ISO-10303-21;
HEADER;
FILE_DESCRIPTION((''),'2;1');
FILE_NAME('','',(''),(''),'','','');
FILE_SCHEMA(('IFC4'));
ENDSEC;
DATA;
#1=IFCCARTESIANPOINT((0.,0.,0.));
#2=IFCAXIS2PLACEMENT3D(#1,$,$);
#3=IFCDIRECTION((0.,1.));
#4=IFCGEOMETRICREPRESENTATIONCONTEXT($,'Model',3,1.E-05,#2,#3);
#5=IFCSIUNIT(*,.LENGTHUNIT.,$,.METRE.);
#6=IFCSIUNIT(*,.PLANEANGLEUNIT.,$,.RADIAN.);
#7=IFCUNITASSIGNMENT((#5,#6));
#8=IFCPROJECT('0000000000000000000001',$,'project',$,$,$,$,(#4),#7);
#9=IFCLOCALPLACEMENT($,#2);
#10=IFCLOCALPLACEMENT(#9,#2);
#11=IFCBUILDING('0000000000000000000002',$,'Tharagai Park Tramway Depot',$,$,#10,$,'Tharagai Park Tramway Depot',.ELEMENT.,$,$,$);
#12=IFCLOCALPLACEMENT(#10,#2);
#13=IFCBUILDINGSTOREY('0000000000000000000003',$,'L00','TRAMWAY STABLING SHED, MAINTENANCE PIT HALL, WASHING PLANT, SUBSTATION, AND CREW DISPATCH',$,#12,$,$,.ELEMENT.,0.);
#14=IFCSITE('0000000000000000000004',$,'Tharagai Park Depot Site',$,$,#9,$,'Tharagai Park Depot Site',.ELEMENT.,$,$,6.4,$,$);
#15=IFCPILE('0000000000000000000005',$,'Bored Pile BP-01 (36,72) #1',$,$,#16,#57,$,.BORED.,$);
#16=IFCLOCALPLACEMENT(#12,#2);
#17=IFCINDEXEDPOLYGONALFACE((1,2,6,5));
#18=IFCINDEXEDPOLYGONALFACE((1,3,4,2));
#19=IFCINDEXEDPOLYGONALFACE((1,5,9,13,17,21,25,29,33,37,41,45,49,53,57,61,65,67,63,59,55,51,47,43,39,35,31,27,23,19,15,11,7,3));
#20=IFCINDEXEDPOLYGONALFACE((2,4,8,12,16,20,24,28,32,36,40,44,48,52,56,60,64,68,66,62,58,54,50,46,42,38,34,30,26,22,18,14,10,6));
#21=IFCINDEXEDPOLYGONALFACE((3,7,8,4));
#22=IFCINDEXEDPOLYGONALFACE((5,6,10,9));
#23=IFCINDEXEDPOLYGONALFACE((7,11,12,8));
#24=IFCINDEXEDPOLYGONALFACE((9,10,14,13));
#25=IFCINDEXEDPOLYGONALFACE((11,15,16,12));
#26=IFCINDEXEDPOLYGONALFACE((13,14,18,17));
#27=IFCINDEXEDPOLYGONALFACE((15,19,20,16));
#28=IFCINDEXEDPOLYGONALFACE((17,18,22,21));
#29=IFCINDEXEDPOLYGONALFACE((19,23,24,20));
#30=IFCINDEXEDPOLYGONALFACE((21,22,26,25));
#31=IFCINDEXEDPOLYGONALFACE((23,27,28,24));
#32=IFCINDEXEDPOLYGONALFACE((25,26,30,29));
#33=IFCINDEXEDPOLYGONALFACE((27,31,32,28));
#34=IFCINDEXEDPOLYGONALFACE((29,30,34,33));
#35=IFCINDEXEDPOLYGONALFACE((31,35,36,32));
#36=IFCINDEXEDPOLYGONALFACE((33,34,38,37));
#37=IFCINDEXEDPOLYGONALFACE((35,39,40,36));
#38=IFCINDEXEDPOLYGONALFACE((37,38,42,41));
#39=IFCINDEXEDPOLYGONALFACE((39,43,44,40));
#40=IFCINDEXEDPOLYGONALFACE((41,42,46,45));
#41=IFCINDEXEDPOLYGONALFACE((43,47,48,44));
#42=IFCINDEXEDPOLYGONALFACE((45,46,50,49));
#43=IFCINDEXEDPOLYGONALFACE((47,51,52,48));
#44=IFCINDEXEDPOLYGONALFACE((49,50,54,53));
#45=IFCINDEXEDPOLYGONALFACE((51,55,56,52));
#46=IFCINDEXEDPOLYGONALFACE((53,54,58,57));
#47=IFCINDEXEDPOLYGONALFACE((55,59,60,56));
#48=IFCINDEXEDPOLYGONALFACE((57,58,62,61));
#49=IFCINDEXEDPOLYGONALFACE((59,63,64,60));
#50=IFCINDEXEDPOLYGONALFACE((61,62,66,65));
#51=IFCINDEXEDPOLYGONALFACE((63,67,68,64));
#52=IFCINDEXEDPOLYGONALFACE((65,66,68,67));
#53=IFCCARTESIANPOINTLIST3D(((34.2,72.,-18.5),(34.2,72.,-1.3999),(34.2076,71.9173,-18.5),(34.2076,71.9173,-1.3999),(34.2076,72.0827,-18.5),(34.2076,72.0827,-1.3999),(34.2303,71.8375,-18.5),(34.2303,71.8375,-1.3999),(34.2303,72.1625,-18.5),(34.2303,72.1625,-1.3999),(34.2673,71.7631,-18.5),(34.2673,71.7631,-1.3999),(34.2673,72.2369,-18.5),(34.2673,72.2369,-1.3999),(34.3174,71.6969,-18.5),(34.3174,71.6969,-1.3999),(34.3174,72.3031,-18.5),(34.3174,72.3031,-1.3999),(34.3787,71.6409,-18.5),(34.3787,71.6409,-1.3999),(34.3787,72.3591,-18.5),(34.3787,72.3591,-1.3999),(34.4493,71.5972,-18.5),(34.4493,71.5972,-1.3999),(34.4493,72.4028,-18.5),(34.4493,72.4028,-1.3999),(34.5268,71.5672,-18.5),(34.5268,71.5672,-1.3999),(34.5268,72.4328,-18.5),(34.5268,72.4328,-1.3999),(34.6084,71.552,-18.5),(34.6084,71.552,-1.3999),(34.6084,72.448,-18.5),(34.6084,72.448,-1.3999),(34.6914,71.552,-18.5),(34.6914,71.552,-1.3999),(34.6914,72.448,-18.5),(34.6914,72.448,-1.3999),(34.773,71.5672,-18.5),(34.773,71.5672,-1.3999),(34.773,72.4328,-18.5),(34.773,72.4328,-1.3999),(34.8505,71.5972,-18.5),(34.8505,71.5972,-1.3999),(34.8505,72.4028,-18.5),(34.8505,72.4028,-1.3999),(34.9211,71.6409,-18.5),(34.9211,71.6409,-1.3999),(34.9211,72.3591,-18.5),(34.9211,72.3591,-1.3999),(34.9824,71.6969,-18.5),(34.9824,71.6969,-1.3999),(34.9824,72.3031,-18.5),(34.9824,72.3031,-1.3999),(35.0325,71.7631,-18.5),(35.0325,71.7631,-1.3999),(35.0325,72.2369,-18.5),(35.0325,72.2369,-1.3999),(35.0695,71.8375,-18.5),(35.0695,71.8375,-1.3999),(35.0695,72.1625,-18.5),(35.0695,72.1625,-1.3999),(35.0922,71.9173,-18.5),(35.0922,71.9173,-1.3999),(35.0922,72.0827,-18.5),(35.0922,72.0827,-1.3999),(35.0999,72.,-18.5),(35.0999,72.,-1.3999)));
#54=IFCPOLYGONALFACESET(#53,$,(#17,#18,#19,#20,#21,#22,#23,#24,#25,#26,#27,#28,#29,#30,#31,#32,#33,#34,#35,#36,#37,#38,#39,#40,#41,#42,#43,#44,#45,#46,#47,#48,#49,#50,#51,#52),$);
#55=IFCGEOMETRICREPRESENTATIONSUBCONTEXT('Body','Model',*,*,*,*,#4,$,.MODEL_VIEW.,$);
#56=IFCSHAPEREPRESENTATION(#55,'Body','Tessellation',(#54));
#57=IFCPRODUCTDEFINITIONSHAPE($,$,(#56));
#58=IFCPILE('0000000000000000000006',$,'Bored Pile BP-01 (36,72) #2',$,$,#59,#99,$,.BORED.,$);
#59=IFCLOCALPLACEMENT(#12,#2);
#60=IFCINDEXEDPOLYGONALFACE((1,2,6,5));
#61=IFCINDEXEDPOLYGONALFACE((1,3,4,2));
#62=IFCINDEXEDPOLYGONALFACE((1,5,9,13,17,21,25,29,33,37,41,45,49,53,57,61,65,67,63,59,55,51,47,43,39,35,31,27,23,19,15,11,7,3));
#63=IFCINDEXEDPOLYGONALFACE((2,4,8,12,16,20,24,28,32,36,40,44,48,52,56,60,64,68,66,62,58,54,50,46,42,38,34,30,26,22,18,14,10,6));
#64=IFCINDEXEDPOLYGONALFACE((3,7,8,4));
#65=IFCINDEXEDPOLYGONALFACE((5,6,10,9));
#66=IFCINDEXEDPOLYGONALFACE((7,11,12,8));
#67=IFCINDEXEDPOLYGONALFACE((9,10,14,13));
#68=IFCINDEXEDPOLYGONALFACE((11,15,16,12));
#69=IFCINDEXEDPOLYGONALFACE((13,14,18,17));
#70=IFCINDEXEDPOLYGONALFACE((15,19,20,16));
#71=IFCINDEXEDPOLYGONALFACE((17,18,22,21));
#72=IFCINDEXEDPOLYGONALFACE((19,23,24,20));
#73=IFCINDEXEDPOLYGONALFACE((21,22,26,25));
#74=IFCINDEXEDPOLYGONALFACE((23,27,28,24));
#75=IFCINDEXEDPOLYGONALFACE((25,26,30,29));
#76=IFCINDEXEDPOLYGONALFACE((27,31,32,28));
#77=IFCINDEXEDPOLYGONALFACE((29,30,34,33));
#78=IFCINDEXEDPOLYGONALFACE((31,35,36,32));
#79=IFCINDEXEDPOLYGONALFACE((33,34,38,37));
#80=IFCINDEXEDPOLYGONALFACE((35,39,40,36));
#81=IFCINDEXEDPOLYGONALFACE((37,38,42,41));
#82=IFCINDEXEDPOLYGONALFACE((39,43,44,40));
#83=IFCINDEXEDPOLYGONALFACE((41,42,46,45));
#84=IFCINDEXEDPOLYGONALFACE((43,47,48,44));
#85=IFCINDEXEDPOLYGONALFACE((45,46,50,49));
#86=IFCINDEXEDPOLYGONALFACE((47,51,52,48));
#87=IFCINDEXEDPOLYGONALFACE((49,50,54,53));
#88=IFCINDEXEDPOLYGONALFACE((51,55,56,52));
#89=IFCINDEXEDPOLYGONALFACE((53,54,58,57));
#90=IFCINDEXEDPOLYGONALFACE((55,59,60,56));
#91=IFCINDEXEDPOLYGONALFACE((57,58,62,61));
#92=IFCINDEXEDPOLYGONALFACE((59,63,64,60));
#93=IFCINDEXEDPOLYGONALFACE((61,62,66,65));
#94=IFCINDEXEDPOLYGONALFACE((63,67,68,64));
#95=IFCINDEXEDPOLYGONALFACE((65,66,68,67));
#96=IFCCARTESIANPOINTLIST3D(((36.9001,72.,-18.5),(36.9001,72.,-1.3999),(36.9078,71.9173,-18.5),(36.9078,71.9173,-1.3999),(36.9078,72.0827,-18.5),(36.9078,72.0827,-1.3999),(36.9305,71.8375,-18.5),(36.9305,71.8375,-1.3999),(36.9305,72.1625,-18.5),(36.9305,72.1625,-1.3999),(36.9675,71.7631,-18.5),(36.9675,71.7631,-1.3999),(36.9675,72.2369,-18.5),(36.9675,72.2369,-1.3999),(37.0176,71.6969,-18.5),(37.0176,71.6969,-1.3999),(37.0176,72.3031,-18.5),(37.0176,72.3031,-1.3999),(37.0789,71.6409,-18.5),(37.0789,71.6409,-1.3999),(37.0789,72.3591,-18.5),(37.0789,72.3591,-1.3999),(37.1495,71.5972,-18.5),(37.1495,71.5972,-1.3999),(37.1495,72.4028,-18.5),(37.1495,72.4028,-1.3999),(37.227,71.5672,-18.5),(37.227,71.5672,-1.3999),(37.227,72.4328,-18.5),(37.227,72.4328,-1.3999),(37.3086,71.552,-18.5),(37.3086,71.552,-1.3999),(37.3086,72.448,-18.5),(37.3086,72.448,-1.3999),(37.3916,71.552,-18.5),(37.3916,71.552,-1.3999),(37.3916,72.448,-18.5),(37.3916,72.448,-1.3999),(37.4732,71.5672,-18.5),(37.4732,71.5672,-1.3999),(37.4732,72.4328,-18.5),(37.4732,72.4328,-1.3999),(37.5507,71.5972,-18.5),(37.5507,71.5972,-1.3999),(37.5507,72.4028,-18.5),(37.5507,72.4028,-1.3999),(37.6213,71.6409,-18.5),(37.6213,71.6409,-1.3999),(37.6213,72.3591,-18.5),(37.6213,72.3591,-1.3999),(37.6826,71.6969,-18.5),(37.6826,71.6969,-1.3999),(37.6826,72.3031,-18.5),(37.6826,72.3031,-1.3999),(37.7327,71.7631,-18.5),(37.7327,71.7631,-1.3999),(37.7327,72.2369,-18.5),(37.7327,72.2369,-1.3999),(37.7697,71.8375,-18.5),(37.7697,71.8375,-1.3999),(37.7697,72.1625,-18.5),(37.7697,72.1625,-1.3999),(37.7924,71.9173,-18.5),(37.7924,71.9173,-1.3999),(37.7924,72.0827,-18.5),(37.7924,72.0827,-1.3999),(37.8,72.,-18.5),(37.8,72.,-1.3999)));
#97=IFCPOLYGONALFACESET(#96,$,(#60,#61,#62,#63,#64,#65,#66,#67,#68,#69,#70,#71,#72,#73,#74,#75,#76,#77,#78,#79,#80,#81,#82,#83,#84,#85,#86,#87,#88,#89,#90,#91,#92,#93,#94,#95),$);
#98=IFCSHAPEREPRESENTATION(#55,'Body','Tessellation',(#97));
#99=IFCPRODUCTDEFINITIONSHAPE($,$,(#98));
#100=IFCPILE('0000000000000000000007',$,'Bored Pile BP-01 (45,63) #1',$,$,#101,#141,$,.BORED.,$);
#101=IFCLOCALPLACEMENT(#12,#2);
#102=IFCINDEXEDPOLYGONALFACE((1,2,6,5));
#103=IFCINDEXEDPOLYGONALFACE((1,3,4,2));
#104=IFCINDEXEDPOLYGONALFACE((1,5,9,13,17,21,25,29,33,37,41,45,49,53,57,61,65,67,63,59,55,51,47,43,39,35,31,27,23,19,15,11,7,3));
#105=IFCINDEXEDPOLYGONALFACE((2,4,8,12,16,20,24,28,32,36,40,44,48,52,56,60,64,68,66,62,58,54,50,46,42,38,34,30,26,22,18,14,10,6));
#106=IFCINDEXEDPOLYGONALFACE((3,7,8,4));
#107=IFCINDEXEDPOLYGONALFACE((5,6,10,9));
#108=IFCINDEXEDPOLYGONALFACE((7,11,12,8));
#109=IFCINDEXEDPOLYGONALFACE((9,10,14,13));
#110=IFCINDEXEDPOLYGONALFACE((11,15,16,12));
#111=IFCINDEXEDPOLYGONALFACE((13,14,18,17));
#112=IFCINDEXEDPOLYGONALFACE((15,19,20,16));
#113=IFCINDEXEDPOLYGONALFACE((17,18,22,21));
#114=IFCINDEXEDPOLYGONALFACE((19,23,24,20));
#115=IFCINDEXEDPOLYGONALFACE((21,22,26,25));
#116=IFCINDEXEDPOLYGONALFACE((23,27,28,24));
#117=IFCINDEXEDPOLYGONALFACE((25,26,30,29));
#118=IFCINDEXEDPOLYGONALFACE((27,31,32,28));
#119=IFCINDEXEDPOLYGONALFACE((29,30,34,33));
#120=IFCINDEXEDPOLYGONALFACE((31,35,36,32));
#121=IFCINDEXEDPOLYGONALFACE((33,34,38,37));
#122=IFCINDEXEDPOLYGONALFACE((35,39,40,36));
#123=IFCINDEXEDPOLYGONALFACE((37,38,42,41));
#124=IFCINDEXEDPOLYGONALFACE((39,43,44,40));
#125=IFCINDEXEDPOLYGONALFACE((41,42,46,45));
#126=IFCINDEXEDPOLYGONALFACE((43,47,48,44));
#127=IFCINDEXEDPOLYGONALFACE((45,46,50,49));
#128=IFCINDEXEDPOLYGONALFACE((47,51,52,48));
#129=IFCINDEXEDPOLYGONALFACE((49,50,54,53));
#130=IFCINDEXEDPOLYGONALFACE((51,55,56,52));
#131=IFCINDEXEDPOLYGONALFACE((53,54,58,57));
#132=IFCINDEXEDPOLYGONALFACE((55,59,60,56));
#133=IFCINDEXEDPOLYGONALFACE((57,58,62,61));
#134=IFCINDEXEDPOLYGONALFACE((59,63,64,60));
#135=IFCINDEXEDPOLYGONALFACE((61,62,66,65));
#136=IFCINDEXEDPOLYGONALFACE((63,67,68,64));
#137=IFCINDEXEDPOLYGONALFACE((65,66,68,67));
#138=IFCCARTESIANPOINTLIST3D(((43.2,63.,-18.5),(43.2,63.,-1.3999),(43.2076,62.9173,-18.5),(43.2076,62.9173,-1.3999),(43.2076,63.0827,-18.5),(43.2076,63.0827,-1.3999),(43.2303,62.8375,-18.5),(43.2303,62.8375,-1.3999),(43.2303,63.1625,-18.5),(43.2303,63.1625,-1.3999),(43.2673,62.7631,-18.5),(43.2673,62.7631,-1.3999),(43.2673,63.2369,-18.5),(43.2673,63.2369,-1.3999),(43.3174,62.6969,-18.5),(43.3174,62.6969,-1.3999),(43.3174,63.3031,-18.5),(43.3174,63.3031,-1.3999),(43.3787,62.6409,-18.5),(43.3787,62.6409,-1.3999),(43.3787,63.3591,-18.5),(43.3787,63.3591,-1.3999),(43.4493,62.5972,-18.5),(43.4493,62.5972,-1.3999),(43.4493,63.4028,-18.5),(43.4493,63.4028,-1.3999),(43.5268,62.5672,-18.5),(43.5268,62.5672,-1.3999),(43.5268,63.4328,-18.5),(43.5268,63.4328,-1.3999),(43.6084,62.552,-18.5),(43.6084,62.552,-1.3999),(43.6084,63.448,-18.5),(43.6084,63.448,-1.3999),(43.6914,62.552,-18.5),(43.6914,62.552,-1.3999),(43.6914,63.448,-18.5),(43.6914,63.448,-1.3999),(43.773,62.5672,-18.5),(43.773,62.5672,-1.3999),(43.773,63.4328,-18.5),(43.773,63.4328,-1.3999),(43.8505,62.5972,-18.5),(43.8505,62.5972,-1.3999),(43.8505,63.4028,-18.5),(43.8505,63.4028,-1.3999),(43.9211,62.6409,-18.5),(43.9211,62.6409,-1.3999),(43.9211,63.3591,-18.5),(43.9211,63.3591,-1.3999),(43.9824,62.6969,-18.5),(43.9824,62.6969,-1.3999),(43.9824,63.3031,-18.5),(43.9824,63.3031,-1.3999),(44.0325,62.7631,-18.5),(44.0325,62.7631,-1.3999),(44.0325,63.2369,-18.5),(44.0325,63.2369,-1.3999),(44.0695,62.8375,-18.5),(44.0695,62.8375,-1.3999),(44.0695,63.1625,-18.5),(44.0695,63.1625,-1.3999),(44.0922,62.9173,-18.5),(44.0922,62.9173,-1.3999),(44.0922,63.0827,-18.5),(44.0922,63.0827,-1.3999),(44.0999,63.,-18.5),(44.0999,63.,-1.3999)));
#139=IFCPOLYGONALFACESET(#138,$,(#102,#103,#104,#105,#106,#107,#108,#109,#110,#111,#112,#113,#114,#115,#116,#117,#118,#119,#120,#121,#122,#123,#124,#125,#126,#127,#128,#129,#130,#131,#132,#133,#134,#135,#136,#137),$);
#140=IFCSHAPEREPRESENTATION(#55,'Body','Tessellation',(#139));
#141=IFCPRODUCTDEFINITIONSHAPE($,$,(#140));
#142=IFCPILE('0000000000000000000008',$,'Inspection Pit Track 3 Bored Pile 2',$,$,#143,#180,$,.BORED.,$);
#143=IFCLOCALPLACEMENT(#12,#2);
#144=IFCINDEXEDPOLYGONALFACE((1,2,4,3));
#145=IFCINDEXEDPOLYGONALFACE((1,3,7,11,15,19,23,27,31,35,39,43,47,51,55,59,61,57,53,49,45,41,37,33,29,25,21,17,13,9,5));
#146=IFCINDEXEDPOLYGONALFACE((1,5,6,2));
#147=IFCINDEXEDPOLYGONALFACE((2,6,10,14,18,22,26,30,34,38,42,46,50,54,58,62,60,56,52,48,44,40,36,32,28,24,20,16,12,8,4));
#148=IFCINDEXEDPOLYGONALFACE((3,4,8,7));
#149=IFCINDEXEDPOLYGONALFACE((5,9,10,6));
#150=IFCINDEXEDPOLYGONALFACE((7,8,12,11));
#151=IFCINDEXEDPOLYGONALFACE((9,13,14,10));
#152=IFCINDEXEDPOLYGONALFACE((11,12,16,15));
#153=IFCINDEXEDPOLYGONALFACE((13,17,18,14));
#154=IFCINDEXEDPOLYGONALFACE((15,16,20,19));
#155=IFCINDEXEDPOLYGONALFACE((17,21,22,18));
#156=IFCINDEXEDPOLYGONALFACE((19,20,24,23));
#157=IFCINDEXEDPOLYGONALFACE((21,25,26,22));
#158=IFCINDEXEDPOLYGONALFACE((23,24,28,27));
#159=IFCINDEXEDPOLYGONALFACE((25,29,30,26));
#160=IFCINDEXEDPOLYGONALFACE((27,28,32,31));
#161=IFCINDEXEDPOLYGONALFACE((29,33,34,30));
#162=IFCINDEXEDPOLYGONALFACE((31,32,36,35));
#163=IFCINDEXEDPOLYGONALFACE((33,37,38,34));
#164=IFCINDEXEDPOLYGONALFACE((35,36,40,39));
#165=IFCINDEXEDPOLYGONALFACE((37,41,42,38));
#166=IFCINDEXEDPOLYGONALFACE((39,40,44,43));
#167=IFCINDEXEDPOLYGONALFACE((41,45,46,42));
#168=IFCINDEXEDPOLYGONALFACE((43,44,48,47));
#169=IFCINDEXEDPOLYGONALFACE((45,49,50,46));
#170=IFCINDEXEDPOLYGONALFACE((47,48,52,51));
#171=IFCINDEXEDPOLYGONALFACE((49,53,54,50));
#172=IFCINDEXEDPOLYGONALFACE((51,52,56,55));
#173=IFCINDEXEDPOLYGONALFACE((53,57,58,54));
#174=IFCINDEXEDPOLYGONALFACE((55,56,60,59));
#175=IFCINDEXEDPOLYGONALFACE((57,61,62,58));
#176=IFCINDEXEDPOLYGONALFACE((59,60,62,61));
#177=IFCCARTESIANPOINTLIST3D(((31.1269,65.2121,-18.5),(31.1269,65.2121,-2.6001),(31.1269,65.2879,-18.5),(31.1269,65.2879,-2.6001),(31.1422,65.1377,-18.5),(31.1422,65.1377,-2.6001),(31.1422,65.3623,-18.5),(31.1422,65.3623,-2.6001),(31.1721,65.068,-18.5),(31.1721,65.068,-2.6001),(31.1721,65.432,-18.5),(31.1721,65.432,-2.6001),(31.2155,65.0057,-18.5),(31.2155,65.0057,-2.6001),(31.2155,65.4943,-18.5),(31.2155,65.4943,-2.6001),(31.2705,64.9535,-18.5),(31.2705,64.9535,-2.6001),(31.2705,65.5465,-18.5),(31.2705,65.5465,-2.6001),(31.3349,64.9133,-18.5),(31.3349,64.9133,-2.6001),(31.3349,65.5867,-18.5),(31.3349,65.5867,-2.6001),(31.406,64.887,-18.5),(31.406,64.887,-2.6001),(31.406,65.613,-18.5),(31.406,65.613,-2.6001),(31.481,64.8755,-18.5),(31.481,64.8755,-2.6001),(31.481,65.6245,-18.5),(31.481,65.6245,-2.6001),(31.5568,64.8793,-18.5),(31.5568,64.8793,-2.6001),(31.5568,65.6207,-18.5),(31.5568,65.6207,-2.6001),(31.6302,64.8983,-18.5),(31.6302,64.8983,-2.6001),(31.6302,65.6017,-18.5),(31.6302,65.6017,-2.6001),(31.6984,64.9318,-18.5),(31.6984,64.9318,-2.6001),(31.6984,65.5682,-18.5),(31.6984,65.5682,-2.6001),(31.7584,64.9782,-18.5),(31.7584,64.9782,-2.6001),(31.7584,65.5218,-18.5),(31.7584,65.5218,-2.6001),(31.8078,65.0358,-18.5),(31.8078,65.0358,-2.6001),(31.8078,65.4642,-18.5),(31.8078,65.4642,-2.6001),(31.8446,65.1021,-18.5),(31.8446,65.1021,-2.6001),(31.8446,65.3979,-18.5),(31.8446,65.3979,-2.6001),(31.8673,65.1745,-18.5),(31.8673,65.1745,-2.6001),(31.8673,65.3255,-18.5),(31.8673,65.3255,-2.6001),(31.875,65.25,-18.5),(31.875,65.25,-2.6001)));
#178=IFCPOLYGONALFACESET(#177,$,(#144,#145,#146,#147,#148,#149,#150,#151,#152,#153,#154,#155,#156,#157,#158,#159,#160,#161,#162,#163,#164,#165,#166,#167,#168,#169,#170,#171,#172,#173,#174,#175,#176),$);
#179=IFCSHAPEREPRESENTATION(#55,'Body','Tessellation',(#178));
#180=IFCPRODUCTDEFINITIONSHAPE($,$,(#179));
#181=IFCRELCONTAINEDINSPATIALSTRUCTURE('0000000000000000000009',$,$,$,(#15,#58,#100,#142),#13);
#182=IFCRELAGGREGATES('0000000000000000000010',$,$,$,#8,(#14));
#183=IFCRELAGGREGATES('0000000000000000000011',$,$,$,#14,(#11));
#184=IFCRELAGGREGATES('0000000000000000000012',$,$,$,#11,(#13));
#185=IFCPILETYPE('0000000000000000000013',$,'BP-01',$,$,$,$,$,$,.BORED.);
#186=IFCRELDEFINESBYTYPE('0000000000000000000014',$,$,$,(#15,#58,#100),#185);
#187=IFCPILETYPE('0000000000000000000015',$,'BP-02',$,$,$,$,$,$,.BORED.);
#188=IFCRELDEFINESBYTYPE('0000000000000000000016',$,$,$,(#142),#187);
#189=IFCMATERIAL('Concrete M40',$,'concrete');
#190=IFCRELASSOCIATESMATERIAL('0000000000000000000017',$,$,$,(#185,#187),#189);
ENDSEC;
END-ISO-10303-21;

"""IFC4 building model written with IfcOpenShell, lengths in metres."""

from ifc_helpers import new_model, si_unit, direction, frame, origin, origin_2d, place, context, subcontext, project, spatial, circle, extrude, material, material_profile, profile_set, type_object, element, save


model = new_model("IFC4")

# Units and contexts
model_context = context("Model", 3, precision=1e-05, world=origin(), true_north=direction((0.0, 1.0)))
body_context = subcontext(model_context, "Body", "Model", "MODEL_VIEW")
ifc_project = project(units=[si_unit("LENGTHUNIT", "METRE"), si_unit("PLANEANGLEUNIT", "RADIAN")], contexts=[model_context])

# Site, building, storey
site_placement = place(None, origin())
site = spatial("IfcSite", under=ifc_project, at=site_placement, Name="Tharagai Park Depot Site", LongName="Tharagai Park Depot Site", CompositionType="ELEMENT", RefElevation=6.4)
building_placement = place(site_placement, origin())
building = spatial("IfcBuilding", under=site, at=building_placement, Name="Tharagai Park Tramway Depot", LongName="Tharagai Park Tramway Depot", CompositionType="ELEMENT")
storey_placement = place(building_placement, origin())
storey = spatial("IfcBuildingStorey", under=building, at=storey_placement, Name="L00", Description="TRAMWAY STABLING SHED, MAINTENANCE PIT HALL, WASHING PLANT, SUBSTATION, AND CREW DISPATCH", CompositionType="ELEMENT", Elevation=0.0)

# Piles
ifc_material = material(Name="Concrete M40", Category="concrete")
ifc_material_profile_1 = material_profile(ifc_material, circle(Radius=0.45, at=origin_2d()), Name="PILE D900")
ifc_profile_set_1 = profile_set([ifc_material_profile_1], Name="Concrete M40")
pile_type_1 = type_object("IfcPileType", Name="BP-01", PredefinedType="BORED", material=ifc_profile_set_1)
for number, where, z_axis, x_axis, name in (
    (1, (34.6499, 72.0, -1.3999), (0.0, 0.0, -1.0), (1.0, 0.0, 0.0), "Bored Pile BP-01 (36,72) #1"),
    (2, (37.3501, 72.0, -1.3999), (0.0, 0.0, -1.0), (1.0, 0.0, 0.0), "Bored Pile BP-01 (36,72) #2"),
    (3, (43.6499, 63.0, -1.3999), (0.0, 0.0, -1.0), (1.0, 0.0, 0.0), "Bored Pile BP-01 (45,63) #1"),
):
    element("IfcPile", number, at=place(storey_placement, frame(where, z_axis=z_axis, x_axis=x_axis)), inside=storey, type_object=pile_type_1, Name=name, PredefinedType="BORED", context=body_context, shape_type="SweptSolid", body=[
        extrude(circle(Radius=0.45, at=origin_2d()), origin(), (0.0, 0.0, 1.0), 17.1001),
    ])
ifc_material_profile_2 = material_profile(ifc_material, circle(Radius=0.375, at=origin_2d()), Name="PILE D750")
ifc_profile_set_2 = profile_set([ifc_material_profile_2], Name="Concrete M40")
pile_type_2 = type_object("IfcPileType", Name="BP-02", PredefinedType="BORED", material=ifc_profile_set_2)
for number, where, z_axis, x_axis, name in (
    (4, (31.5, 65.25, -2.6001), (0.0, 0.0, -1.0), (1.0, 0.0, 0.0), "Inspection Pit Track 3 Bored Pile 2"),
):
    element("IfcPile", number, at=place(storey_placement, frame(where, z_axis=z_axis, x_axis=x_axis)), inside=storey, type_object=pile_type_2, Name=name, PredefinedType="BORED", context=body_context, shape_type="SweptSolid", body=[
        extrude(circle(Radius=0.375, at=origin_2d()), origin(), (0.0, 0.0, 1.0), 15.8999),
    ])

save(model, "model.ifc")
